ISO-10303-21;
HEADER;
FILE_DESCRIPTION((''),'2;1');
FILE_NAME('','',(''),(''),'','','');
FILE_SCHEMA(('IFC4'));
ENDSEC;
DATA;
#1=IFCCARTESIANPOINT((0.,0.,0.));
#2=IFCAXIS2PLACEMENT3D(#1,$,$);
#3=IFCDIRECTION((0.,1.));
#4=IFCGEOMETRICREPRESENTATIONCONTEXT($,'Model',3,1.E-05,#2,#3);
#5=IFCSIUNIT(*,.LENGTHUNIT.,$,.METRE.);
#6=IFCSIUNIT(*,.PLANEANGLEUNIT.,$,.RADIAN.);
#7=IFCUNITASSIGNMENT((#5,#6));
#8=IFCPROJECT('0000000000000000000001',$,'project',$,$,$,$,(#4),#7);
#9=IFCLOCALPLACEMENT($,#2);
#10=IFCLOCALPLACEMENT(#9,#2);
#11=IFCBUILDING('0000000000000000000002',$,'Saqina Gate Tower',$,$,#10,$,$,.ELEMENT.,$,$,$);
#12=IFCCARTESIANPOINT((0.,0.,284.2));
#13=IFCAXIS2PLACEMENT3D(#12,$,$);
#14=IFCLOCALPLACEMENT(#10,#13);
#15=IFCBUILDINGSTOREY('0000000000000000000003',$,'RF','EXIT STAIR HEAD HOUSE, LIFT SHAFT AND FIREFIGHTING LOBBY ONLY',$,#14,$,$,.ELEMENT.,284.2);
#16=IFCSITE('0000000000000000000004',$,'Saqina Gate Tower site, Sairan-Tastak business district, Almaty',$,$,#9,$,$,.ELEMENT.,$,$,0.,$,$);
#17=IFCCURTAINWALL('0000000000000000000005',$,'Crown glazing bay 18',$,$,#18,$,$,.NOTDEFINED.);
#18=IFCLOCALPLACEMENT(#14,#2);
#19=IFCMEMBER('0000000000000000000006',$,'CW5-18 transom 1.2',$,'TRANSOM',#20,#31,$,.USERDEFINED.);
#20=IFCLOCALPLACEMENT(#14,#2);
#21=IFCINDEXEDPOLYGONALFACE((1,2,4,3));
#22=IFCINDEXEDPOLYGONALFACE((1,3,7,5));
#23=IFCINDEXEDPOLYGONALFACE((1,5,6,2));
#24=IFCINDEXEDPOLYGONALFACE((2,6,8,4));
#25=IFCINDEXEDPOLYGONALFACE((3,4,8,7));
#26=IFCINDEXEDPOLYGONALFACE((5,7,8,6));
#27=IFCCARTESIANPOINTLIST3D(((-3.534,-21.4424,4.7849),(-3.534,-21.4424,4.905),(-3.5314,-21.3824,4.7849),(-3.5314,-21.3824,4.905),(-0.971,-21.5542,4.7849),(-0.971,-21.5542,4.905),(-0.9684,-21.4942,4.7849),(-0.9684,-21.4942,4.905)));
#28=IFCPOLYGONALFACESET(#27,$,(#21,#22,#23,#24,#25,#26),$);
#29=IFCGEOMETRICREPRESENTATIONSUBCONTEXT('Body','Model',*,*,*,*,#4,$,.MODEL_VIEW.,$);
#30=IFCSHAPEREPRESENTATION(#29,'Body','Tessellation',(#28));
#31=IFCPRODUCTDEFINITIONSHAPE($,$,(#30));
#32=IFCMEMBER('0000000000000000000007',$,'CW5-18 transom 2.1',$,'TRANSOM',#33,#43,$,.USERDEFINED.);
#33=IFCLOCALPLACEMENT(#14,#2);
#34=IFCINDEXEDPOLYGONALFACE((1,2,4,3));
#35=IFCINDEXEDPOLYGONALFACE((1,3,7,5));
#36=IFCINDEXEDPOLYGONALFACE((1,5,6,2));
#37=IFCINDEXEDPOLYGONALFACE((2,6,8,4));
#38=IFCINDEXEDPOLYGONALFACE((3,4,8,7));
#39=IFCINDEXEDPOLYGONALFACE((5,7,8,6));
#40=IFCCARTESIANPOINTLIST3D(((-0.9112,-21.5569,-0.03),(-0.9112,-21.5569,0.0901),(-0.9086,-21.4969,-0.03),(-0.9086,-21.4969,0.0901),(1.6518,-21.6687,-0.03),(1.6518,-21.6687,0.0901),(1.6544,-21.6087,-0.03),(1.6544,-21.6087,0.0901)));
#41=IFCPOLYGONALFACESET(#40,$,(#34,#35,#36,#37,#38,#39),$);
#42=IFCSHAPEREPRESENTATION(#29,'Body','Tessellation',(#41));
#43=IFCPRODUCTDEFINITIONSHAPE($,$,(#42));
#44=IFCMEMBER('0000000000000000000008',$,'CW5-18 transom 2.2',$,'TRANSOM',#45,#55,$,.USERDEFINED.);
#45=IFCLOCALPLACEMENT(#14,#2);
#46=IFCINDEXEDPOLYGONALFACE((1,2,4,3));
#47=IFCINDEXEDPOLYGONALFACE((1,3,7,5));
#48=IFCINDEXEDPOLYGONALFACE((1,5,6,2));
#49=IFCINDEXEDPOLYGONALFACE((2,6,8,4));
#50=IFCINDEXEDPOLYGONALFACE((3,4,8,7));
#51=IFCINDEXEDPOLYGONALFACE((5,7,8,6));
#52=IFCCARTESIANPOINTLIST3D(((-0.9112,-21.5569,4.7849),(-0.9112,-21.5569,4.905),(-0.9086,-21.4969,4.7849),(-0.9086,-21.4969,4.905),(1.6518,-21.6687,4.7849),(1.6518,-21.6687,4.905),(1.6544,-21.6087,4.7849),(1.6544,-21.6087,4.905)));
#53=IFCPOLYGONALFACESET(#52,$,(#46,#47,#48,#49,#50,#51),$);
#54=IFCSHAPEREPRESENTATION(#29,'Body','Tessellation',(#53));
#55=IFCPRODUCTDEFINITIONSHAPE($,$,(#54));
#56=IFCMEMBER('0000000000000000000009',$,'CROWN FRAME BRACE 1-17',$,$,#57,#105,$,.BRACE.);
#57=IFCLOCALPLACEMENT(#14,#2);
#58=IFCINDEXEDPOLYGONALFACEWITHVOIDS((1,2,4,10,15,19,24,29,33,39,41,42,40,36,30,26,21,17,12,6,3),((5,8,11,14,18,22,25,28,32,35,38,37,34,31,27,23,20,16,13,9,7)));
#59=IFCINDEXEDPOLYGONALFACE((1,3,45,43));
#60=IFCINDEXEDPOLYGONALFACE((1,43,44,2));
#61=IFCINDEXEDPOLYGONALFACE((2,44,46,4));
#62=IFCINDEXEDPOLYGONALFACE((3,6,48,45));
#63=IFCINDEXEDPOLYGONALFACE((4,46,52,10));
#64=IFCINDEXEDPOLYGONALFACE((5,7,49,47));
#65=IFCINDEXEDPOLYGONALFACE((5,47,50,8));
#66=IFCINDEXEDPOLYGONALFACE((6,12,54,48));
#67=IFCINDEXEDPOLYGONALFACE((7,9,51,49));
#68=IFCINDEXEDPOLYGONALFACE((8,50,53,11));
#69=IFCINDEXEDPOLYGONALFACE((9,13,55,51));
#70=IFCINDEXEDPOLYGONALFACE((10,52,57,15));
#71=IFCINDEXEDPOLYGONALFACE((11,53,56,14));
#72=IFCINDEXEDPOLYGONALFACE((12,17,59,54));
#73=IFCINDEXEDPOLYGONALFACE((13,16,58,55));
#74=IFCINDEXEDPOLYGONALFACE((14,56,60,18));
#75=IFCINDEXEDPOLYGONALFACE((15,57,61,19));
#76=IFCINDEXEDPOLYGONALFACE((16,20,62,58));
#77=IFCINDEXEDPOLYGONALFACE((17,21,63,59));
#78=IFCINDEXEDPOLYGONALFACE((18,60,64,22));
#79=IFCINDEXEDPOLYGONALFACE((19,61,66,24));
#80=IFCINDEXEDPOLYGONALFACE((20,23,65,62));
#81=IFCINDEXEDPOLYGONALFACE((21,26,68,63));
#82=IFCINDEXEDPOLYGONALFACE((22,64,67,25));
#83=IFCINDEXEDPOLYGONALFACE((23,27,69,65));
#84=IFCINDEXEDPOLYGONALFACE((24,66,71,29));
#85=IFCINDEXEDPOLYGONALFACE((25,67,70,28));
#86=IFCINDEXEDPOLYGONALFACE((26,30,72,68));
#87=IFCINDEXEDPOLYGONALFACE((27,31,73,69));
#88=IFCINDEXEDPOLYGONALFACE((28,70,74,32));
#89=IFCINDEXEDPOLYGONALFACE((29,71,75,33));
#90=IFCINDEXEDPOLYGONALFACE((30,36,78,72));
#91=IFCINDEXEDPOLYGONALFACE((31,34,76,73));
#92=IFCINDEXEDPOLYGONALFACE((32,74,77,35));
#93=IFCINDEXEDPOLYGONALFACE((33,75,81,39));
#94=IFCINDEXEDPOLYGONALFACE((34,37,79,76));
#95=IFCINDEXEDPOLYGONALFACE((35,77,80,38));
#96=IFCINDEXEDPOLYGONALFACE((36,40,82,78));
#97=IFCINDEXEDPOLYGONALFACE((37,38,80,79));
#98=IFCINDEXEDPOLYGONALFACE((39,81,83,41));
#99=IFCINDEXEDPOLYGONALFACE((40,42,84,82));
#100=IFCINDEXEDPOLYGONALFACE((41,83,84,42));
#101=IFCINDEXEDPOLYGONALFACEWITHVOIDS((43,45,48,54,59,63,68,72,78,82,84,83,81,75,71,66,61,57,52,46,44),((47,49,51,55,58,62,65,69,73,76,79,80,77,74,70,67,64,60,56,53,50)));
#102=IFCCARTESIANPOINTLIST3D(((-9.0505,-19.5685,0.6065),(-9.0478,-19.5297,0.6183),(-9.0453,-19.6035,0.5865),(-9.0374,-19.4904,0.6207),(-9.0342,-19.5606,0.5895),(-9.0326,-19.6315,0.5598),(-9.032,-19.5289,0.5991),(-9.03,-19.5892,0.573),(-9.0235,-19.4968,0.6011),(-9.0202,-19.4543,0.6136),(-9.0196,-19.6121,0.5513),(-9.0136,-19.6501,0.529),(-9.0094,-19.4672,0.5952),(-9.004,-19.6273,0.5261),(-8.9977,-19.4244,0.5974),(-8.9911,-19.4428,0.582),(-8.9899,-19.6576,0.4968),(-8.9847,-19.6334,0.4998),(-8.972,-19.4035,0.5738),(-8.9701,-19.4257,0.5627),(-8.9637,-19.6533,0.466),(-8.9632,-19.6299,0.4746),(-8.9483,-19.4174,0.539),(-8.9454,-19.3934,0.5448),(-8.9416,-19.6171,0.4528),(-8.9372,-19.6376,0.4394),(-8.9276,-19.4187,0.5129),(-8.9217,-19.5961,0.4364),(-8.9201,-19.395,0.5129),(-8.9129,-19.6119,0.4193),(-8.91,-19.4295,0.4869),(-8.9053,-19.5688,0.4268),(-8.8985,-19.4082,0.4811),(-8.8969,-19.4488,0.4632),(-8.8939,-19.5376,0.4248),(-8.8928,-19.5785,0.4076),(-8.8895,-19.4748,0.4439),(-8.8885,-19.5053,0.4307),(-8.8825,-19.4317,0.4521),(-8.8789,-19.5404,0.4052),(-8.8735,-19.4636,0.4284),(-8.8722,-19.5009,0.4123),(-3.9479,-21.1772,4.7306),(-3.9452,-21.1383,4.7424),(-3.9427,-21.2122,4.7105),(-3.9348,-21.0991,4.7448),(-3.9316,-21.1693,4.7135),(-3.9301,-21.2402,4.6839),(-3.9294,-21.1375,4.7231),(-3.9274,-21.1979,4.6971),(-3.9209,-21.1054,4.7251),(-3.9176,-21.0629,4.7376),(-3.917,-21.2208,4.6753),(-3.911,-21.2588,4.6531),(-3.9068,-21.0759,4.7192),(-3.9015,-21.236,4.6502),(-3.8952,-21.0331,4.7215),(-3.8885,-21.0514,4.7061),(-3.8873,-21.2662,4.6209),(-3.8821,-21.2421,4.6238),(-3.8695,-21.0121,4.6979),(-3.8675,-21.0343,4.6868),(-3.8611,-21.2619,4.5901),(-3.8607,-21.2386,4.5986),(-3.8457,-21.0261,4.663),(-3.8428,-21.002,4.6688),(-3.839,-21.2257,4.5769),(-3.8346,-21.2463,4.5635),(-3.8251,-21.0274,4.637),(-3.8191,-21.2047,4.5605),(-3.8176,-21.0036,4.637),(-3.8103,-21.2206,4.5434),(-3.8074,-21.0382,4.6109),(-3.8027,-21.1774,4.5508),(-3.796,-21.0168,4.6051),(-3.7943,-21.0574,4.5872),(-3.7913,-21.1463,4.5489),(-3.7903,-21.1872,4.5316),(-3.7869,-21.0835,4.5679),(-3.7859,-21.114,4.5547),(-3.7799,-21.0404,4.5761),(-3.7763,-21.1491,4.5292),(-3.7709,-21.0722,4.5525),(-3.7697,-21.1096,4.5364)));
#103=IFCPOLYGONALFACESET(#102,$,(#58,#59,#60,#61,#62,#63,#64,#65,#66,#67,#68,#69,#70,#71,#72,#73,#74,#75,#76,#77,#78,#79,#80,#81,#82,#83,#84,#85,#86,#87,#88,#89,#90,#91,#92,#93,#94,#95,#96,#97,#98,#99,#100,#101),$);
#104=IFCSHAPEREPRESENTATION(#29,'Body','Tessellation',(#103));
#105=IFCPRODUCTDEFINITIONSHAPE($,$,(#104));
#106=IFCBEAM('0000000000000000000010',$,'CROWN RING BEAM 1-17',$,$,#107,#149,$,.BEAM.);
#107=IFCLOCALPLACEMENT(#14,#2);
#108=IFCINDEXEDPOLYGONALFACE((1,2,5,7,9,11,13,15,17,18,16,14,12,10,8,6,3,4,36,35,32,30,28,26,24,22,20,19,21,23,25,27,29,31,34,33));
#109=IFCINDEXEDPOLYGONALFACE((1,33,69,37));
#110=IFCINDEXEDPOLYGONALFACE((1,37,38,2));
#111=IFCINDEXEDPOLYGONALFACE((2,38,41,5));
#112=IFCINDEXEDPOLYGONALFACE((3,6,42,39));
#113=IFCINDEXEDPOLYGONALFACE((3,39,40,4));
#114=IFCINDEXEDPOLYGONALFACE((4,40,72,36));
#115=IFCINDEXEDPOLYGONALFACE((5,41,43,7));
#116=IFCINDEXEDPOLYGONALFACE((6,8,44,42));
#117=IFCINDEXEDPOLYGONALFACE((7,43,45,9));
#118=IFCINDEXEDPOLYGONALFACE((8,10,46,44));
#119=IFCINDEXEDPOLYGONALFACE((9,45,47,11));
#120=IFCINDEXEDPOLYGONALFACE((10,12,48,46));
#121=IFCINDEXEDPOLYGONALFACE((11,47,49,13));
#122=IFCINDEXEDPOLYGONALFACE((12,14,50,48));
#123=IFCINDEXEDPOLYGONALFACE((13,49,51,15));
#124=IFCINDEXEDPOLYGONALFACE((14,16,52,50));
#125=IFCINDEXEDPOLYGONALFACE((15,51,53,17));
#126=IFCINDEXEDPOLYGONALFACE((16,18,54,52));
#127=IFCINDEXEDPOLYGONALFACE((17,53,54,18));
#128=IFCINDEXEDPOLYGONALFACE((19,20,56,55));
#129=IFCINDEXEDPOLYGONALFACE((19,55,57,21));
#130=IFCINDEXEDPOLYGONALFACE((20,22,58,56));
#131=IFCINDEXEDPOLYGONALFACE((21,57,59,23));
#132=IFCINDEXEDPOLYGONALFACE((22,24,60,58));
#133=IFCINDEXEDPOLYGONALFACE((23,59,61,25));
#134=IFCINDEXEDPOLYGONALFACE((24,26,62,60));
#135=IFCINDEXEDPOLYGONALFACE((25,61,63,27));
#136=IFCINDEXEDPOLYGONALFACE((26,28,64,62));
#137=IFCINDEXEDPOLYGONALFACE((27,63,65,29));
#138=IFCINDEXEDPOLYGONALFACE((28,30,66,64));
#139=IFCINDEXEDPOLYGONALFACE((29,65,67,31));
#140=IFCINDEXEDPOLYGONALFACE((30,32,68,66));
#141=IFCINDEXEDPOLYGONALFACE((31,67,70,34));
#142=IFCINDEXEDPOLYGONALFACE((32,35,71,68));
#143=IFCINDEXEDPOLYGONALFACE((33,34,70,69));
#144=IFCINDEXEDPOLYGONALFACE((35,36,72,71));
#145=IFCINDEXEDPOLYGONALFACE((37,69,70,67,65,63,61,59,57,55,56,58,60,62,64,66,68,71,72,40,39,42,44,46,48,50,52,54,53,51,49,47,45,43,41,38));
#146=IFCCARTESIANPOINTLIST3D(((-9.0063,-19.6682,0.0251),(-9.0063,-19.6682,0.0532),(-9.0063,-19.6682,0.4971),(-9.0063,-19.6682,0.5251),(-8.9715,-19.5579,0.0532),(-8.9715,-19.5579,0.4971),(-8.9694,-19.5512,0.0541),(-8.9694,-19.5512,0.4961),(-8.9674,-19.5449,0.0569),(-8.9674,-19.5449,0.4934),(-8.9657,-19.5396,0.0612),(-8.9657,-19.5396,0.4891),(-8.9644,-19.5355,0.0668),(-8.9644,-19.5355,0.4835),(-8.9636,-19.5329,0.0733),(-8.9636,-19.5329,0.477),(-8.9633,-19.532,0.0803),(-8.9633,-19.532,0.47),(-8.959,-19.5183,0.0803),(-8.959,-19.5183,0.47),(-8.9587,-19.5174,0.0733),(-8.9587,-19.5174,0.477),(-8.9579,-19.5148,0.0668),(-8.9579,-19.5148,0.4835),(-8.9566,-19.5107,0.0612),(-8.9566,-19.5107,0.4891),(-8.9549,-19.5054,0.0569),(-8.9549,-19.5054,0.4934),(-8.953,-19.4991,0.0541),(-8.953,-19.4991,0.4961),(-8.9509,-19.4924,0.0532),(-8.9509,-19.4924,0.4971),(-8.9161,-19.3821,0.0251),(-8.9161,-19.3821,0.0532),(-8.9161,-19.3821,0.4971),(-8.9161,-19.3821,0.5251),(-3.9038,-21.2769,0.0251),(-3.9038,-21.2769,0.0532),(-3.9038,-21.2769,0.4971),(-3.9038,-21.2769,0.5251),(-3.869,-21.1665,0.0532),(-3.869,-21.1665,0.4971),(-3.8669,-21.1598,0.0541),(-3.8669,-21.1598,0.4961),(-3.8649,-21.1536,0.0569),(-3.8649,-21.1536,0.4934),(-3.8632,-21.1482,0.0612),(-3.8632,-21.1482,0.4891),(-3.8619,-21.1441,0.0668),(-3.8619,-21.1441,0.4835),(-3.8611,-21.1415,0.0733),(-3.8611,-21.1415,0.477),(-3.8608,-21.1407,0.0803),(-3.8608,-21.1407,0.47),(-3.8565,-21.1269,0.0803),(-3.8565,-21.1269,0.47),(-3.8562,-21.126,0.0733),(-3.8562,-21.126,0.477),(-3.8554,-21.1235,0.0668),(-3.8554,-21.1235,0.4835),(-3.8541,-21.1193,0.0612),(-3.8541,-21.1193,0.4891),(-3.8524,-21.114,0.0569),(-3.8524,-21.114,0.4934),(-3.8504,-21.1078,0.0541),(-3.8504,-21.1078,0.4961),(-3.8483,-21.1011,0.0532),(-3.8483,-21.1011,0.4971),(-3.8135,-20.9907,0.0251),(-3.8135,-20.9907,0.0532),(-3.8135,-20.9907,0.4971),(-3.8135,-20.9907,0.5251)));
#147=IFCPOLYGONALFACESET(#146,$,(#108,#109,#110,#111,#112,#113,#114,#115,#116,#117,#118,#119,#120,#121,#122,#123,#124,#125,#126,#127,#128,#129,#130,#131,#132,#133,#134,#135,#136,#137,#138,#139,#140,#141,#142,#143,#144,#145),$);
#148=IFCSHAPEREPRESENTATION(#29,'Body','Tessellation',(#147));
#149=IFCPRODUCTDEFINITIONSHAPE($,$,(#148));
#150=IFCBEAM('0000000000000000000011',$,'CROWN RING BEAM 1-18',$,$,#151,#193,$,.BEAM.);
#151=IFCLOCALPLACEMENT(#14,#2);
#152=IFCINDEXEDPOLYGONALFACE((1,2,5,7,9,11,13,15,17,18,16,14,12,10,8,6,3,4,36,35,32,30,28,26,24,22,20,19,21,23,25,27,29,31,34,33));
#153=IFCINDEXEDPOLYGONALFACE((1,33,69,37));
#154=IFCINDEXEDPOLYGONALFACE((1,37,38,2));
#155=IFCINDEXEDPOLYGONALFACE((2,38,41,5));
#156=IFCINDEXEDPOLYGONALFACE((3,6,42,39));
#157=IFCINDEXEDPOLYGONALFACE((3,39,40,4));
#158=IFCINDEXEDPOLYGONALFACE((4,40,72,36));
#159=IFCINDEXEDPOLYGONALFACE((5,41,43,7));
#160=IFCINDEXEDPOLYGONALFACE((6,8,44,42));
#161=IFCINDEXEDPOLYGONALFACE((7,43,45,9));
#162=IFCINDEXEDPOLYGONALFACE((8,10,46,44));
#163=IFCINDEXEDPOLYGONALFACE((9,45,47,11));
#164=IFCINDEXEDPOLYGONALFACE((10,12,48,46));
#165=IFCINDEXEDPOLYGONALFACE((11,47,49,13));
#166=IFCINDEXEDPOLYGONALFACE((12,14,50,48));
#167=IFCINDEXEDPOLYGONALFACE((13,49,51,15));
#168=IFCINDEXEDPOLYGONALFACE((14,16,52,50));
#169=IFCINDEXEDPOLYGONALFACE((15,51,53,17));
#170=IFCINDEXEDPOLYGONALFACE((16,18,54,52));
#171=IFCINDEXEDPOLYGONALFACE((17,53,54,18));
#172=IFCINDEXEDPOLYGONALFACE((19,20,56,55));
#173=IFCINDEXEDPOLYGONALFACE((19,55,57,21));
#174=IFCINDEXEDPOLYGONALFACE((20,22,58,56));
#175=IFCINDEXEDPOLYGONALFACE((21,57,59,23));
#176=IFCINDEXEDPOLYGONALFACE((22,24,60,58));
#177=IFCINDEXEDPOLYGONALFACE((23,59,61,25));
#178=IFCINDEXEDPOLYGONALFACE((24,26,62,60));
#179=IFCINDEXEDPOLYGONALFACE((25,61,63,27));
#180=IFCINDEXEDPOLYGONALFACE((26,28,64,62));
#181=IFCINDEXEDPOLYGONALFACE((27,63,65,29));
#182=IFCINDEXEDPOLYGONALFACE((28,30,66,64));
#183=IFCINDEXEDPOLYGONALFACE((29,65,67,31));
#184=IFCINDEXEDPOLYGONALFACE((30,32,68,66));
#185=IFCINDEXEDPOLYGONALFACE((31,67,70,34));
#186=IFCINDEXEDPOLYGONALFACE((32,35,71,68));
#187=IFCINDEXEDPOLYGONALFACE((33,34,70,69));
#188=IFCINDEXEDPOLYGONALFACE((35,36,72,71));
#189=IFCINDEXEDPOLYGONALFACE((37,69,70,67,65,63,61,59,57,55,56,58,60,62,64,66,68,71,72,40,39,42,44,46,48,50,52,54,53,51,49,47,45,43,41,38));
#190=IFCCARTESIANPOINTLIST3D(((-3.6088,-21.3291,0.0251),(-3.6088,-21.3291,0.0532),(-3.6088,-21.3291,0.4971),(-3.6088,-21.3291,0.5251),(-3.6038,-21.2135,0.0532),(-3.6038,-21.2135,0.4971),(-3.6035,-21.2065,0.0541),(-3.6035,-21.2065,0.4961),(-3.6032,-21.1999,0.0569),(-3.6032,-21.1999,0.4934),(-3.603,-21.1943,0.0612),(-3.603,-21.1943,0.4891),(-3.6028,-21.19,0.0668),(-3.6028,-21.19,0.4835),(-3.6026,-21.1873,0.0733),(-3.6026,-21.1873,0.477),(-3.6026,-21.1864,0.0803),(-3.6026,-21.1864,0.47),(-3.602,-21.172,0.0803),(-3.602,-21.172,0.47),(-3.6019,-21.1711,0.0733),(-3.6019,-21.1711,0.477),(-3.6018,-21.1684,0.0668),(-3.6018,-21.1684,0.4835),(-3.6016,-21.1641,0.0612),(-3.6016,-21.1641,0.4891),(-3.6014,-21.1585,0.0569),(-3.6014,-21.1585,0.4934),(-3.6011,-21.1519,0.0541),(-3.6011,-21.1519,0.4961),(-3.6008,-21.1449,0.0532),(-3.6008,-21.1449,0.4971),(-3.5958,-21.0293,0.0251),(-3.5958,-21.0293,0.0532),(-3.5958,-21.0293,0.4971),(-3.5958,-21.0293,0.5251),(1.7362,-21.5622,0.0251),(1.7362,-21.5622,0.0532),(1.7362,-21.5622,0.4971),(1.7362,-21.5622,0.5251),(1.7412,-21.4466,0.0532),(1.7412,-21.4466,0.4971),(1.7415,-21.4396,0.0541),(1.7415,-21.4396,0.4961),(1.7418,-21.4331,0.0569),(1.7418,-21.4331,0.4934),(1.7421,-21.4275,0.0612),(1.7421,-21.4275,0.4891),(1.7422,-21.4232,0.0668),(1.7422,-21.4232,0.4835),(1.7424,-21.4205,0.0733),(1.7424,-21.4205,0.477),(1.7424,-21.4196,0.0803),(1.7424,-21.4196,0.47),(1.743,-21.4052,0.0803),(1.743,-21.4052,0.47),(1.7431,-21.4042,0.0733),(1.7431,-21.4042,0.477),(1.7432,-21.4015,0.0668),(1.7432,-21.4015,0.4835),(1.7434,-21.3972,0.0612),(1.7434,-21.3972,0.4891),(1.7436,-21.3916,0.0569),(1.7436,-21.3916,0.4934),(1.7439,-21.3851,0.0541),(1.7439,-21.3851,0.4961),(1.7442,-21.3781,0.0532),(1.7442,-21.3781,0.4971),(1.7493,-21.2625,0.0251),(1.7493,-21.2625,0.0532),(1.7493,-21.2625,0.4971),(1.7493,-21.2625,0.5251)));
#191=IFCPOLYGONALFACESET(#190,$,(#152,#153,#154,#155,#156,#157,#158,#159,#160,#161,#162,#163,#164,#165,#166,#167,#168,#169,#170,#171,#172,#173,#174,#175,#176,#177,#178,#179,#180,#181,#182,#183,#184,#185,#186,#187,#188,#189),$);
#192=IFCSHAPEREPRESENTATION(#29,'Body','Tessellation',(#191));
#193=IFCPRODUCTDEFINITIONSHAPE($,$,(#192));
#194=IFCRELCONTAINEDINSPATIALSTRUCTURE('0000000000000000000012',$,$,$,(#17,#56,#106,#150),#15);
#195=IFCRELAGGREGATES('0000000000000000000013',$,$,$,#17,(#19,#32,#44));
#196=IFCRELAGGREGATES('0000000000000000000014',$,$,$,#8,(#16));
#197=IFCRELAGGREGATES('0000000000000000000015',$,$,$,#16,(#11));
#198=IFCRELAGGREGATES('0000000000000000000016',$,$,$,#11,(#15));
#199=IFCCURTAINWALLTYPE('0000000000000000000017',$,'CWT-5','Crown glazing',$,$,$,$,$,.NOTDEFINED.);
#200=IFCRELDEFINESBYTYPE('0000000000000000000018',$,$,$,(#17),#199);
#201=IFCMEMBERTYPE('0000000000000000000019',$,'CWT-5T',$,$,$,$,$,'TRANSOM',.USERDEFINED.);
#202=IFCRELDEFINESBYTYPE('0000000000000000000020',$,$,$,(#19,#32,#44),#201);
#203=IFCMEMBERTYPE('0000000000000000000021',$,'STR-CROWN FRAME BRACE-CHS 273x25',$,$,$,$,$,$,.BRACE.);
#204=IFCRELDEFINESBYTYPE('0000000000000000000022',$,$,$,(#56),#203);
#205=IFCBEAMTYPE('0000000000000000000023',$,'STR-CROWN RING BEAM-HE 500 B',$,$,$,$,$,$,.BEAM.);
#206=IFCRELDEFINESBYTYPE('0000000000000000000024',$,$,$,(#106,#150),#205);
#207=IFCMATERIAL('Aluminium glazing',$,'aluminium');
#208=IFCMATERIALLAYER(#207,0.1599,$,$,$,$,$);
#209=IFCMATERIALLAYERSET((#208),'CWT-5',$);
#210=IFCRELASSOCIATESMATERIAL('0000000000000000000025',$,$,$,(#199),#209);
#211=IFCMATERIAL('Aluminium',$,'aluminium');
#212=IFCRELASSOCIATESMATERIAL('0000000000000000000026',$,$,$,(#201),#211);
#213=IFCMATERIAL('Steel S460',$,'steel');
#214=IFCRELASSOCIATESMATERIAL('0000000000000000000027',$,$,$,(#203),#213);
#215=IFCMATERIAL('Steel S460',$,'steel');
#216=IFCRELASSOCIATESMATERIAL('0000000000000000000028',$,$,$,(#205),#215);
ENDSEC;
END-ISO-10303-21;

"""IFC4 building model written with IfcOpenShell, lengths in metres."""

from ifc_helpers import new_model, si_unit, direction, frame, origin, origin_2d, place, context, subcontext, project, spatial, rectangle, hollow_circle, i_section, extrude, material, layer, layer_set, material_profile, profile_set, type_object, element, aggregate, save


model = new_model("IFC4")

# Units and contexts
model_context = context("Model", 3, precision=1e-05, world=origin(), true_north=direction((0.0, 1.0)))
body_context = subcontext(model_context, "Body", "Model", "MODEL_VIEW")
ifc_project = project(units=[si_unit("LENGTHUNIT", "METRE"), si_unit("PLANEANGLEUNIT", "RADIAN")], contexts=[model_context])

# Site, building, storey
site_placement = place(None, origin())
site = spatial("IfcSite", under=ifc_project, at=site_placement, Name="Saqina Gate Tower site, Sairan-Tastak business district, Almaty", CompositionType="ELEMENT", RefElevation=0.0)
building_placement = place(site_placement, origin())
building = spatial("IfcBuilding", under=site, at=building_placement, Name="Saqina Gate Tower", CompositionType="ELEMENT")
storey_placement = place(building_placement, frame((0.0, 0.0, 284.2)))
storey = spatial("IfcBuildingStorey", under=building, at=storey_placement, Name="RF", Description="EXIT STAIR HEAD HOUSE, LIFT SHAFT AND FIREFIGHTING LOBBY ONLY", CompositionType="ELEMENT", Elevation=284.2)

# Shared definitions
ifc_material_1 = material(Name="Aluminium glazing", Category="aluminium")
ifc_layer_1 = layer(ifc_material_1, 0.1599)
ifc_layer_set_1 = layer_set([ifc_layer_1], Name="CWT-5")
curtain_wall_type = type_object("IfcCurtainWallType", Name="CWT-5", Description="Crown glazing", PredefinedType="NOTDEFINED", material=ifc_layer_set_1)

# Curtain wall, members
curtain_wall_1_placement = place(storey_placement, origin())
curtain_wall_1 = element("IfcCurtainWall", 1, at=curtain_wall_1_placement, inside=storey, type_object=curtain_wall_type, Name="Crown glazing bay 18", PredefinedType="NOTDEFINED")
ifc_material_2 = material(Name="Aluminium", Category="aluminium")
ifc_material_profile_1 = material_profile(ifc_material_2, rectangle(XDim=0.0601, YDim=0.1201, at=origin_2d()), Name="Aluminium 60x120")
ifc_profile_set_1 = profile_set([ifc_material_profile_1], Name="Aluminium")
member_type_1 = type_object("IfcMemberType", Name="CWT-5T", ElementType="TRANSOM", PredefinedType="USERDEFINED", material=ifc_profile_set_1)
member_1_placement = place(storey_placement, frame((-3.5327, -21.4124, 4.845), z_axis=(0.99905, -0.043586, 0.0), x_axis=(0.043586, 0.99905, 0.0)))
member_1 = element("IfcMember", 2, at=member_1_placement, type_object=member_type_1, Name="CW5-18 transom 1.2", ObjectType="TRANSOM", PredefinedType="USERDEFINED", context=body_context, shape_type="SweptSolid", body=[
    extrude(rectangle(XDim=0.0601, YDim=0.1201, at=origin_2d()), origin(), (0.0, 0.0, 1.0), 2.5654),
])
member_2_placement = place(storey_placement, frame((-0.9099, -21.5269, 0.03), z_axis=(0.99905, -0.043586, 0.0), x_axis=(0.043586, 0.99905, 0.0)))
member_2 = element("IfcMember", 3, at=member_2_placement, type_object=member_type_1, Name="CW5-18 transom 2.1", ObjectType="TRANSOM", PredefinedType="USERDEFINED", context=body_context, shape_type="SweptSolid", body=[
    extrude(rectangle(XDim=0.0601, YDim=0.1201, at=origin_2d()), origin(), (0.0, 0.0, 1.0), 2.5654),
])
member_3_placement = place(storey_placement, frame((-0.9099, -21.5269, 4.845), z_axis=(0.99905, -0.043586, 0.0), x_axis=(0.043586, 0.99905, 0.0)))
member_3 = element("IfcMember", 4, at=member_3_placement, type_object=member_type_1, Name="CW5-18 transom 2.2", ObjectType="TRANSOM", PredefinedType="USERDEFINED", context=body_context, shape_type="SweptSolid", body=[
    extrude(rectangle(XDim=0.0601, YDim=0.1201, at=origin_2d()), origin(), (0.0, 0.0, 1.0), 2.5654),
])

# Member
ifc_material_3 = material(Name="Steel S460", Category="steel")
ifc_material_profile_2 = material_profile(ifc_material_3, hollow_circle(Radius=0.1365, WallThickness=0.0249, at=origin_2d()), Name="CHS 273x25")
ifc_profile_set_2 = profile_set([ifc_material_profile_2], Name="Steel S460")
member_type_2 = type_object("IfcMemberType", Name="STR-CROWN FRAME BRACE-CHS 273x25", PredefinedType="BRACE", material=ifc_profile_set_2)
member_4_placement = place(storey_placement, frame((-8.9612, -19.5251, 0.5129), z_axis=(0.755362, -0.238138, 0.610506), x_axis=(0.300675, 0.953727, 0.0)))
element("IfcMember", 5, at=member_4_placement, inside=storey, type_object=member_type_2, Name="CROWN FRAME BRACE 1-17", PredefinedType="BRACE", context=body_context, shape_type="SweptSolid", body=[
    extrude(hollow_circle(Radius=0.1365, WallThickness=0.0249, at=origin_2d()), origin(), (0.0, 0.0, 1.0), 6.7551),
])

# Beams
ifc_material_4 = material(Name="Steel S460", Category="steel")
ifc_material_profile_3 = material_profile(ifc_material_4, i_section(OverallWidth=0.3, OverallDepth=0.5, WebThickness=0.0144, FlangeThickness=0.0281, FilletRadius=0.0271, at=origin_2d()), Name="HE 500 B")
ifc_profile_set_3 = profile_set([ifc_material_profile_3], Name="Steel S460")
beam_type = type_object("IfcBeamType", Name="STR-CROWN RING BEAM-HE 500 B", PredefinedType="BEAM", material=ifc_profile_set_3)
for number, where, z_axis, x_axis, name in (
    (6, (-8.9612, -19.5251, 0.2751), (0.953727, -0.300675, 0.0), (0.300675, 0.953727, 0.0), "CROWN RING BEAM 1-17"),
    (7, (-3.6023, -21.1792, 0.2751), (0.99905, -0.04358, 0.0), (0.04358, 0.99905, 0.0), "CROWN RING BEAM 1-18"),
):
    element("IfcBeam", number, at=place(storey_placement, frame(where, z_axis=z_axis, x_axis=x_axis)), inside=storey, type_object=beam_type, Name=name, PredefinedType="BEAM", context=body_context, shape_type="SweptSolid", body=[
        extrude(i_section(OverallWidth=0.3, OverallDepth=0.5, WebThickness=0.0144, FlangeThickness=0.0281, FilletRadius=0.0271, at=origin_2d()), origin(), (0.0, 0.0, 1.0), 5.3501),
    ])

aggregate(curtain_wall_1, [member_1, member_2, member_3])

save(model, "model.ifc")
